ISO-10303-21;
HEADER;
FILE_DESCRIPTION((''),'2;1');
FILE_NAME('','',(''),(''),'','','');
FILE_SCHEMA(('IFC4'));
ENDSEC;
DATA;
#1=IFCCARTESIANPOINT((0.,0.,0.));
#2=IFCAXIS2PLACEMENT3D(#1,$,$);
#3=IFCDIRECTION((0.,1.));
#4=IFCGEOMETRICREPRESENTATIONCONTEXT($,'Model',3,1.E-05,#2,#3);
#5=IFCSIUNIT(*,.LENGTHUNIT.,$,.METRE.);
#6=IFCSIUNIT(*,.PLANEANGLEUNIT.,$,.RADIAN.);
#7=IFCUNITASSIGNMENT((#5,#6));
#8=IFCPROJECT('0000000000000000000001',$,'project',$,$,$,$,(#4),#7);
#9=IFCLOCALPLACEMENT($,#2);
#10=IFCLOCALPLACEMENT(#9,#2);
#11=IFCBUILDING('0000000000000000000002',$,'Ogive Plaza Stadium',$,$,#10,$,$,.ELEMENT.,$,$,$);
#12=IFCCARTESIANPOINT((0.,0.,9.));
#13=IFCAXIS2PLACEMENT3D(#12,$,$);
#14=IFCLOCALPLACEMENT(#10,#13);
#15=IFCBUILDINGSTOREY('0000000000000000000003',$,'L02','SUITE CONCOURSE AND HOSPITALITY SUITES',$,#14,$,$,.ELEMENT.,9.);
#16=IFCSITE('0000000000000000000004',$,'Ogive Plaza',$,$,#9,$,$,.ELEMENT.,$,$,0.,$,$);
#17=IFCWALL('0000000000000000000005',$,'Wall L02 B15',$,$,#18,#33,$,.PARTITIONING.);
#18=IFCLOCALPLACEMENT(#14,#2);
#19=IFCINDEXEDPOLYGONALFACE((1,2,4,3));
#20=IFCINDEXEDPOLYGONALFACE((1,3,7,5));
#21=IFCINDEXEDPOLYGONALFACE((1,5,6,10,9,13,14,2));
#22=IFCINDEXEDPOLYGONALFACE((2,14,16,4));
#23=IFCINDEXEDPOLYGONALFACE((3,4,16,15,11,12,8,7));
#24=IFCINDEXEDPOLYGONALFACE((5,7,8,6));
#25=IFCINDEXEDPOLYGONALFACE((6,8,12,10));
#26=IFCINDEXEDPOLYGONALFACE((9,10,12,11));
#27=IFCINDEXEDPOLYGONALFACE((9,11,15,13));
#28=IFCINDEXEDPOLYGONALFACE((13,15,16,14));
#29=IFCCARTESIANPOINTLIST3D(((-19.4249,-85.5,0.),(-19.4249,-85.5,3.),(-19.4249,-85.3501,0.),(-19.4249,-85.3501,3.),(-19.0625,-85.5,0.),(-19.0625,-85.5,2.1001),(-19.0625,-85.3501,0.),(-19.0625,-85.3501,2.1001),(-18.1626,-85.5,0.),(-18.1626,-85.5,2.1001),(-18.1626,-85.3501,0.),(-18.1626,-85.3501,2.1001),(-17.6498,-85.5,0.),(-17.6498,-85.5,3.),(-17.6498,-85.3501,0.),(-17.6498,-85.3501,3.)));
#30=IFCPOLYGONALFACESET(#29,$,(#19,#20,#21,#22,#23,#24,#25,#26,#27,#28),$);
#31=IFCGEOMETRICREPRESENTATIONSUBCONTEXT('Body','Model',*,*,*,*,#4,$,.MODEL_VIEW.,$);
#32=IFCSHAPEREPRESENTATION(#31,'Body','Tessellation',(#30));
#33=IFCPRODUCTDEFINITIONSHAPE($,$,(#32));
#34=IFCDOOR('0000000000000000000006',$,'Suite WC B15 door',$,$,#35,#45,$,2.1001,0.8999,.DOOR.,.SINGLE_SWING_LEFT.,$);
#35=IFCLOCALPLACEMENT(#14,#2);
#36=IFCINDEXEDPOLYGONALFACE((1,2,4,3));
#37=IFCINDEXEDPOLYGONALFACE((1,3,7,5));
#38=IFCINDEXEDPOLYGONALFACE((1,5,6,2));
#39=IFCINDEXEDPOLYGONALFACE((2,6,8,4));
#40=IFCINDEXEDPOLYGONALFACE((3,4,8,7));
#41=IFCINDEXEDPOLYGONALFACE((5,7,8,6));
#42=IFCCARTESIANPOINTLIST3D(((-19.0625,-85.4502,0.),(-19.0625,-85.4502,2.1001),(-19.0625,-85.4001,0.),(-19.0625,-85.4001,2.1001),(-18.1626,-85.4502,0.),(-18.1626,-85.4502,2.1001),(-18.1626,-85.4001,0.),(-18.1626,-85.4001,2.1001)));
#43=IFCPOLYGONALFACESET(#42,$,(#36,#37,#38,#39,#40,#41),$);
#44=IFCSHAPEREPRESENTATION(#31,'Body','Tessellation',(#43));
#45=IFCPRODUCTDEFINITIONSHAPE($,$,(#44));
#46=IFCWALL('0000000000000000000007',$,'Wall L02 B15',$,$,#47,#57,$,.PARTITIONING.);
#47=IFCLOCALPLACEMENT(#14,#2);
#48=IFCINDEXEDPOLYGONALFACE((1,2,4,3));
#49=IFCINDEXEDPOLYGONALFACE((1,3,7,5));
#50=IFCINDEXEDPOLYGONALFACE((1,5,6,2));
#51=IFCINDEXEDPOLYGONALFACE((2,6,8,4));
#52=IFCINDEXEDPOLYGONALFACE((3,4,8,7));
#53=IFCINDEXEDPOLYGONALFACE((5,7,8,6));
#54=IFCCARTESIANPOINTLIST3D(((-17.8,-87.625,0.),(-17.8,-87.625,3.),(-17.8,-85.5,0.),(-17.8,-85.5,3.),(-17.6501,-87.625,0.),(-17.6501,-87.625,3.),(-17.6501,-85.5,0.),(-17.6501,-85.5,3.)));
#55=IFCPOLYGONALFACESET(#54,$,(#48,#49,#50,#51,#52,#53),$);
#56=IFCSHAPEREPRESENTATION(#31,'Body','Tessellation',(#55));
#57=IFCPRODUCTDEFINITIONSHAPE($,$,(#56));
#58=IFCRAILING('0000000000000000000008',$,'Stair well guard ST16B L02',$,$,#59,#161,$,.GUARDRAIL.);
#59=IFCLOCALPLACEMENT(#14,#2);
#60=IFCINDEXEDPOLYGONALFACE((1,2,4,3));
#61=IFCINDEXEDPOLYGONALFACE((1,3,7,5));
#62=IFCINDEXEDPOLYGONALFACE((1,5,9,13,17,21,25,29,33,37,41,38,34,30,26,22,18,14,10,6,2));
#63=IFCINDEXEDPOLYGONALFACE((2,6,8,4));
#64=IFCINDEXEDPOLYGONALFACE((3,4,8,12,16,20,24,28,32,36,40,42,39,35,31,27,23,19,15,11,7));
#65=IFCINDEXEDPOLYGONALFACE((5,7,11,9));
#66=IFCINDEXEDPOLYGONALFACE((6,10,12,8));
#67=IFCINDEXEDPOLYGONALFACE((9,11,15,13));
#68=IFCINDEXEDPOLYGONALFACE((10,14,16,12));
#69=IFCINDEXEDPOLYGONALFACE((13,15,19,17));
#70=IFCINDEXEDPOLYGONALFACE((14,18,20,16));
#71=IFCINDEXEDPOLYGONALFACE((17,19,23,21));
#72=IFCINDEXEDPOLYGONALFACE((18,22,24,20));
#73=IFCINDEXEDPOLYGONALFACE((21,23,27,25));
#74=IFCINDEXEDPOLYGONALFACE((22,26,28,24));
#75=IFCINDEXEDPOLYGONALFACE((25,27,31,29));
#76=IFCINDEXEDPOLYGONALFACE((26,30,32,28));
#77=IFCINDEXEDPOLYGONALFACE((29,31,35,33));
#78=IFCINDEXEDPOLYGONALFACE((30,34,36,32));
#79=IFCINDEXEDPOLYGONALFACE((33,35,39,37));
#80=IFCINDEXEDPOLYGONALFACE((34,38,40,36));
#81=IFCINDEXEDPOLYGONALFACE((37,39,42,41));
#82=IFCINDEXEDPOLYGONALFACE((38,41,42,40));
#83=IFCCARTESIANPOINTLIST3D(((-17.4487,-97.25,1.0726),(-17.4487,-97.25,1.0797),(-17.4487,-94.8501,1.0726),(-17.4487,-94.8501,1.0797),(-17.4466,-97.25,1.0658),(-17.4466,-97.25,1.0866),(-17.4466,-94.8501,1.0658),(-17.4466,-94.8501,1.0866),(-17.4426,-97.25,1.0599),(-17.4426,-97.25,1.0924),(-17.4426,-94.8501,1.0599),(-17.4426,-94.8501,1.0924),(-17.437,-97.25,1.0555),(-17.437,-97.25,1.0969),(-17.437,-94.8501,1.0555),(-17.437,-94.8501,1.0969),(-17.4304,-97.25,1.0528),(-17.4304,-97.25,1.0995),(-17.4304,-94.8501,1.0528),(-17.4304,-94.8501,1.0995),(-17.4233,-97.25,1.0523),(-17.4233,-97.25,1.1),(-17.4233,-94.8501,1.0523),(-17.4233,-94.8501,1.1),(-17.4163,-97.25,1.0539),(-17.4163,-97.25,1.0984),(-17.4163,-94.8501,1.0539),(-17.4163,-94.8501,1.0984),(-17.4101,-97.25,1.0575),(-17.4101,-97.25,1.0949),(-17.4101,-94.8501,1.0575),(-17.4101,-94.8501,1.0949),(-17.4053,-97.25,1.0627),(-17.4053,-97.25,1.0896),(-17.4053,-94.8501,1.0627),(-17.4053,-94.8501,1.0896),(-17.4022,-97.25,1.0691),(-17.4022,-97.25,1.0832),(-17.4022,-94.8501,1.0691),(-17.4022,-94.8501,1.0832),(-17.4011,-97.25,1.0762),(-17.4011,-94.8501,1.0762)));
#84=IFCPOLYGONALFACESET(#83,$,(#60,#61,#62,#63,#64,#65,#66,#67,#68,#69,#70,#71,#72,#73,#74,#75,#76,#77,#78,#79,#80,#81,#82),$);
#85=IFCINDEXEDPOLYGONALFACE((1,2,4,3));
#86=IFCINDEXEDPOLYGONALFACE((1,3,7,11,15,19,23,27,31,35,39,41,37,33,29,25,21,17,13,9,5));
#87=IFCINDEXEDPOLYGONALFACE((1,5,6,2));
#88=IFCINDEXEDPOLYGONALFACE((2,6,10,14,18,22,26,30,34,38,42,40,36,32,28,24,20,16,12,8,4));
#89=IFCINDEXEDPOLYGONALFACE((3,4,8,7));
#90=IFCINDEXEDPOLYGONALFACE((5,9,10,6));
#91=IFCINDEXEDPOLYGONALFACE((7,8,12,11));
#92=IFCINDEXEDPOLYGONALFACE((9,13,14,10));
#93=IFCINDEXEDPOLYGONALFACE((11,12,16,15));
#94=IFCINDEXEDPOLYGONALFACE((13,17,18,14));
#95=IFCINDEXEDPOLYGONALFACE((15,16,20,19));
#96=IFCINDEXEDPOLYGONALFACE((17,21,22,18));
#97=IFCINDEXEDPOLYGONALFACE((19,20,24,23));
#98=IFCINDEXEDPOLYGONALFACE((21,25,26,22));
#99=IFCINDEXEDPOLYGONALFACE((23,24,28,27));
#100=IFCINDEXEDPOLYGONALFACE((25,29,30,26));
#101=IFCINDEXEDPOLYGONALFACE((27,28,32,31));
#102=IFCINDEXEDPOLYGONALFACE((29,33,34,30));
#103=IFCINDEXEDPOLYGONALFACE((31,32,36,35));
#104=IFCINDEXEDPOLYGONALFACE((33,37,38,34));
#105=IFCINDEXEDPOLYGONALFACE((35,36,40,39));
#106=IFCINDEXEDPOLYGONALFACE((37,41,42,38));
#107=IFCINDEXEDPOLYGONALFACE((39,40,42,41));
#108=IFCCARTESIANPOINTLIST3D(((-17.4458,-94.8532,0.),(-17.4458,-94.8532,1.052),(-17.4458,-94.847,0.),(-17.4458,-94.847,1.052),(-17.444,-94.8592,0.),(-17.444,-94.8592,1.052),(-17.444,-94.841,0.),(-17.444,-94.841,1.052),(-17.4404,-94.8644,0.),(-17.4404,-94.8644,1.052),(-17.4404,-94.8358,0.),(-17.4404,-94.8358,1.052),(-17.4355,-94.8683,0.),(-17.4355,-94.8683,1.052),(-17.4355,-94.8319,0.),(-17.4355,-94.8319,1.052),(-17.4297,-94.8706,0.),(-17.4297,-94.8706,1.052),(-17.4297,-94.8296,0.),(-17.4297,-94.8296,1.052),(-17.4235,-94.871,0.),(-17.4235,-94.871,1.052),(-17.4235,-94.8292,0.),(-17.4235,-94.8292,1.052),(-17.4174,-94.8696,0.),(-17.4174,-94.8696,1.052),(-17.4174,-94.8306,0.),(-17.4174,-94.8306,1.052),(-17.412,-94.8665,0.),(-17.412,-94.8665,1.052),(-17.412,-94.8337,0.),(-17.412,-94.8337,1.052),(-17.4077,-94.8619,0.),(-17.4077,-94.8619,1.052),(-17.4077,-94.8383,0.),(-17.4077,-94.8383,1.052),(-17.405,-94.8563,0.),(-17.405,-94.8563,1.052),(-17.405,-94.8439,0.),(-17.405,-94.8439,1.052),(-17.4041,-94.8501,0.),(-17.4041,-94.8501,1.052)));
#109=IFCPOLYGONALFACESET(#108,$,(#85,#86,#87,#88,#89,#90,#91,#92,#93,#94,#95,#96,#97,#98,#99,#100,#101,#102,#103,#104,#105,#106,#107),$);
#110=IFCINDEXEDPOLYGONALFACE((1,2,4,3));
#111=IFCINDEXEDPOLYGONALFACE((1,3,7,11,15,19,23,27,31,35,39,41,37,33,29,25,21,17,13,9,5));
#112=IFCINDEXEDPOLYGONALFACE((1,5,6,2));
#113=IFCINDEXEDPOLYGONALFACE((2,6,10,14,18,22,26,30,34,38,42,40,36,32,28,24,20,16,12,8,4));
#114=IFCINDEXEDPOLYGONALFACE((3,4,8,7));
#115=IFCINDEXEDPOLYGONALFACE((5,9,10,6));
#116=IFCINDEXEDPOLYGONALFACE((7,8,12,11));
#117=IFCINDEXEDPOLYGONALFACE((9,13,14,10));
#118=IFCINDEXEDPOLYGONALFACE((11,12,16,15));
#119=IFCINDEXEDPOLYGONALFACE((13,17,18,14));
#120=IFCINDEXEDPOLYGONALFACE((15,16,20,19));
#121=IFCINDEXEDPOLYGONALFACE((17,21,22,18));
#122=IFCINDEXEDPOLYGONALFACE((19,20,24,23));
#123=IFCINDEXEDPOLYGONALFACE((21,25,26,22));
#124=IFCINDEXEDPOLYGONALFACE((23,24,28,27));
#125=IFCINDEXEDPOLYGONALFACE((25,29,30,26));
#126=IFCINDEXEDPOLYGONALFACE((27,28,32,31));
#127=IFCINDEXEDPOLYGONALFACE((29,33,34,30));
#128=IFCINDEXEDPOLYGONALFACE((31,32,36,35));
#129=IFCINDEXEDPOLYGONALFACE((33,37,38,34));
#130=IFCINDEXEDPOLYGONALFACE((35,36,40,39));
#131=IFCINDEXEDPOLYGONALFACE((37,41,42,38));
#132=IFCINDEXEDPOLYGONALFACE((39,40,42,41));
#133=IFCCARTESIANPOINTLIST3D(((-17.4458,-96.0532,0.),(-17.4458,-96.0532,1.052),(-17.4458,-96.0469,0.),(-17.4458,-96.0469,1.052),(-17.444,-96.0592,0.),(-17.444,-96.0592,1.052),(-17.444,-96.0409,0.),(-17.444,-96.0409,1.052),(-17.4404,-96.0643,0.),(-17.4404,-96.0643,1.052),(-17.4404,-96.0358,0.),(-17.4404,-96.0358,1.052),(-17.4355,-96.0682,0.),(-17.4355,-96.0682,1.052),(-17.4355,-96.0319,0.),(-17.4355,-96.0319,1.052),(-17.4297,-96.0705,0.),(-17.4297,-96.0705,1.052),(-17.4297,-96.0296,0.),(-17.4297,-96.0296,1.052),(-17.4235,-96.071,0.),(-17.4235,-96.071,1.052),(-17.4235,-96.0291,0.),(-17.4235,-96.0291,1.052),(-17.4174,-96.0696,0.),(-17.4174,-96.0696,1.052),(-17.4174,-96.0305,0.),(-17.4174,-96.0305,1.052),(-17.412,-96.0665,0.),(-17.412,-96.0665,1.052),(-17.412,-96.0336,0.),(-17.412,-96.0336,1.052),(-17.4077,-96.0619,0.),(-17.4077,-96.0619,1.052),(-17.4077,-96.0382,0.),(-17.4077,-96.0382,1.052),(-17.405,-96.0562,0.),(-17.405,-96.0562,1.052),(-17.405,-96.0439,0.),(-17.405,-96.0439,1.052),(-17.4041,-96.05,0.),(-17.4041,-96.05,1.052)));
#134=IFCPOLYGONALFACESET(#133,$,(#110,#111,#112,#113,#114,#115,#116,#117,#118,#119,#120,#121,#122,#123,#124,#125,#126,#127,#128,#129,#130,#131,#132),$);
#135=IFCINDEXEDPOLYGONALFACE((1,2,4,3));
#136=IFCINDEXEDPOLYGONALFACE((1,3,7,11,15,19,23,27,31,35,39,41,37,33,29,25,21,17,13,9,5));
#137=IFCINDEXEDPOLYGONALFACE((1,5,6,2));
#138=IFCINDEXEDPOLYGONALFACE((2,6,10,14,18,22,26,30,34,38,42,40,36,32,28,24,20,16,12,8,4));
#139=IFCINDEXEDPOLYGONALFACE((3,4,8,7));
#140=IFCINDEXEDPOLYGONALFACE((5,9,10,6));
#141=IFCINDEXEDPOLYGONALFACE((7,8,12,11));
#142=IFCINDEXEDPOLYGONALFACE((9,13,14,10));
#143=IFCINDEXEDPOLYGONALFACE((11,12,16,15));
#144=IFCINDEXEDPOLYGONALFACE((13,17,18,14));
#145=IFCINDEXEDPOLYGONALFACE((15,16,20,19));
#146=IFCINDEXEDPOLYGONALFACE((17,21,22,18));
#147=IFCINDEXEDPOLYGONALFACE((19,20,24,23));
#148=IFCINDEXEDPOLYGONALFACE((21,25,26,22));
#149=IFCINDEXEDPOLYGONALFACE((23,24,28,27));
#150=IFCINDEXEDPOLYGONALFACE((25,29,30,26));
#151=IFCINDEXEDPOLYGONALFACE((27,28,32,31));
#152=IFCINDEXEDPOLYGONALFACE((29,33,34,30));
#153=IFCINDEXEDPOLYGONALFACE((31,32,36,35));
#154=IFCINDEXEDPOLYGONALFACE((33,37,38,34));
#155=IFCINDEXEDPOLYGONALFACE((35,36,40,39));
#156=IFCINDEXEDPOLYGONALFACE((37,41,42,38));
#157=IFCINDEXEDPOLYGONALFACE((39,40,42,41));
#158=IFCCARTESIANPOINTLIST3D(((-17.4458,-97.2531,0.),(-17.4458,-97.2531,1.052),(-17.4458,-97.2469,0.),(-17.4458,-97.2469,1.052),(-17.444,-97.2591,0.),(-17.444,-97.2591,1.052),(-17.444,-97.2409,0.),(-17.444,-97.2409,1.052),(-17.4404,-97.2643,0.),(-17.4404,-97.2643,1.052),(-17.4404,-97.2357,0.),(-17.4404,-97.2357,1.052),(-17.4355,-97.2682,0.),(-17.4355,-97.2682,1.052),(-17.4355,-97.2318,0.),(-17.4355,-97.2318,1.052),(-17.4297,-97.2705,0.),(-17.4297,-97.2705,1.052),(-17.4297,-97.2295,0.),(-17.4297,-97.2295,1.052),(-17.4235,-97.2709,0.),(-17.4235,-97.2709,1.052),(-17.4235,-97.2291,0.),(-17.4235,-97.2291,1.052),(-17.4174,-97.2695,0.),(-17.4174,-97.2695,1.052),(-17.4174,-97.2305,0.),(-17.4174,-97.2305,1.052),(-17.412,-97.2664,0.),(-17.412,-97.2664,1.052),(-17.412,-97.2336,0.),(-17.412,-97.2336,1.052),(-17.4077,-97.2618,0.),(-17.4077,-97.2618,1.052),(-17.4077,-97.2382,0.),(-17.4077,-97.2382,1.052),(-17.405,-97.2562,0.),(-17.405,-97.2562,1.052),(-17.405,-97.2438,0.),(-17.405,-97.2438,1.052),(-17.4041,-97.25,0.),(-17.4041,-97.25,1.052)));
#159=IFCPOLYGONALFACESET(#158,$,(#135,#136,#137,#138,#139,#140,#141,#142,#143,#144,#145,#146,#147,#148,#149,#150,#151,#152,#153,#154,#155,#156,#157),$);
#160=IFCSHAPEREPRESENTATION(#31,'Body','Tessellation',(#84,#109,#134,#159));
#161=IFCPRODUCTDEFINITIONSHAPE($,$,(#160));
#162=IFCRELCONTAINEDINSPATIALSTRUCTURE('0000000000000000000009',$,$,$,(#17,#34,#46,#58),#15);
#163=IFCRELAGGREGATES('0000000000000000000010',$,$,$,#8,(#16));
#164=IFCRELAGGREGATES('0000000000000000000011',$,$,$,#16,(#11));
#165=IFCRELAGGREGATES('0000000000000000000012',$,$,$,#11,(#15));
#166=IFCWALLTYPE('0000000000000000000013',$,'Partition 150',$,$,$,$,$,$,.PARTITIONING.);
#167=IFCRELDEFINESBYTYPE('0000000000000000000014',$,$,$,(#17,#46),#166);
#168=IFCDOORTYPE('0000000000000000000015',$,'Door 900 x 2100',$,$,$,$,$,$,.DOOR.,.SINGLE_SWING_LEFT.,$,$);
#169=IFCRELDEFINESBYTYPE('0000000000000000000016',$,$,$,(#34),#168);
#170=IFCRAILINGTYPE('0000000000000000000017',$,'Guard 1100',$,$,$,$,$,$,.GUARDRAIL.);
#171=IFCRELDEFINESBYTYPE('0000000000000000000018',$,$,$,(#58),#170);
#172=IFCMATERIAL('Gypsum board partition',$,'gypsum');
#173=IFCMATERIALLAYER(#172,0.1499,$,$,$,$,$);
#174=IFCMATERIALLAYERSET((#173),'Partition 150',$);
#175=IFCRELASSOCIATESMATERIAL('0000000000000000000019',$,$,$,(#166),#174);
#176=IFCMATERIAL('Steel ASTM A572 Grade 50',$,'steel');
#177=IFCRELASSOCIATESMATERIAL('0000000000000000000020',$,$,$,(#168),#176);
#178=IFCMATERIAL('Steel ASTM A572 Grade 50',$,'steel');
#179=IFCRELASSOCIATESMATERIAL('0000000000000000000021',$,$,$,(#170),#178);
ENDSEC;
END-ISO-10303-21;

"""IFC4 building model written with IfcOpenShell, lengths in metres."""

from ifc_helpers import new_model, si_unit, direction, frame, frame_2d, origin, origin_2d, place, context, subcontext, project, spatial, rectangle, circle, extrude, material, layer, layer_set, type_object, element, fill, save


model = new_model("IFC4")

# Units and contexts
model_context = context("Model", 3, precision=1e-05, world=origin(), true_north=direction((0.0, 1.0)))
body_context = subcontext(model_context, "Body", "Model", "MODEL_VIEW")
ifc_project = project(units=[si_unit("LENGTHUNIT", "METRE"), si_unit("PLANEANGLEUNIT", "RADIAN")], contexts=[model_context])

# Site, building, storey
site_placement = place(None, origin())
site = spatial("IfcSite", under=ifc_project, at=site_placement, Name="Ogive Plaza", CompositionType="ELEMENT", RefElevation=0.0)
building_placement = place(site_placement, origin())
building = spatial("IfcBuilding", under=site, at=building_placement, Name="Ogive Plaza Stadium", CompositionType="ELEMENT")
storey_placement = place(building_placement, frame((0.0, 0.0, 9.0)))
storey = spatial("IfcBuildingStorey", under=building, at=storey_placement, Name="L02", Description="SUITE CONCOURSE AND HOSPITALITY SUITES", CompositionType="ELEMENT", Elevation=9.0)

# Wall, opening, door
ifc_material_1 = material(Name="Gypsum board partition", Category="gypsum")
ifc_layer_1 = layer(ifc_material_1, 0.1499)
ifc_layer_set_1 = layer_set([ifc_layer_1], Name="Partition 150")
wall_type_1 = type_object("IfcWallType", Name="Partition 150", PredefinedType="PARTITIONING", material=ifc_layer_set_1)
wall_1_placement = place(storey_placement, frame((-19.425, -85.425, 0.0), z_axis=(0.0, 0.0, 1.0), x_axis=(1.0, 0.0, 0.0)))
wall_1 = element("IfcWall", 1, at=wall_1_placement, inside=storey, type_object=wall_type_1, Name="Wall L02 B15", PredefinedType="PARTITIONING", context=body_context, shape_type="SweptSolid", body=[
    extrude(rectangle(XDim=1.7751, YDim=0.1499, at=frame_2d((0.8877, 0.0))), origin(), (0.0, 0.0, 1.0), 3.0),
])
opening_1_placement = place(wall_1_placement, frame((0.3625, 0.0, 0.0)))
opening_1 = element("IfcOpeningElement", 2, at=opening_1_placement, cuts=wall_1, PredefinedType="OPENING", context=body_context, shape_type="SweptSolid", body=[
    extrude(rectangle(XDim=0.8999, YDim=2.1001, at=frame_2d((0.45, 1.05))), frame((0.0, 0.075, 0.0), z_axis=(0.0, -1.0, 0.0), x_axis=(1.0, 0.0, 0.0)), (0.0, 0.0, 1.0), 0.1499),
])
ifc_material_2 = material(Name="Steel ASTM A572 Grade 50", Category="steel")
door_type_1 = type_object("IfcDoorType", Name="Door 900 x 2100", OperationType="SINGLE_SWING_LEFT", PredefinedType="DOOR", material=ifc_material_2)
door_1_placement = place(opening_1_placement, origin())
door_1 = element("IfcDoor", 3, at=door_1_placement, inside=storey, type_object=door_type_1, Name="Suite WC B15 door", OperationType="SINGLE_SWING_LEFT", OverallHeight=2.1001, OverallWidth=0.8999, PredefinedType="DOOR", context=body_context, shape_type="SweptSolid", body=[
    extrude(rectangle(XDim=0.8999, YDim=2.1001, at=frame_2d((0.45, 1.05))), frame((0.0, 0.0249, 0.0), z_axis=(0.0, -1.0, 0.0), x_axis=(1.0, 0.0, 0.0)), (0.0, 0.0, 1.0), 0.05),
])
fill(opening_1, door_1)

# Wall
wall_2_placement = place(storey_placement, frame((-17.7251, -85.5, 0.0), z_axis=(0.0, 0.0, 1.0), x_axis=(0.0, -1.0, 0.0)))
element("IfcWall", 4, at=wall_2_placement, inside=storey, type_object=wall_type_1, Name="Wall L02 B15", PredefinedType="PARTITIONING", context=body_context, shape_type="SweptSolid", body=[
    extrude(rectangle(XDim=2.125, YDim=0.1499, at=frame_2d((1.0625, 0.0))), origin(), (0.0, 0.0, 1.0), 3.0),
])

# Railing
ifc_material_3 = material(Name="Steel ASTM A572 Grade 50", Category="steel")
railing_type_1 = type_object("IfcRailingType", Name="Guard 1100", PredefinedType="GUARDRAIL", material=ifc_material_3)
railing_1_placement = place(storey_placement, frame((-17.425, -94.8501, 0.0)))
element("IfcRailing", 5, at=railing_1_placement, inside=storey, type_object=railing_type_1, Name="Stair well guard ST16B L02", PredefinedType="GUARDRAIL", context=body_context, shape_type="SweptSolid", body=[
    extrude(circle(Radius=0.0239, at=origin_2d()), frame((0.0, 0.0, 1.0762), z_axis=(0.0, -1.0, 0.0), x_axis=(1.0, 0.0, 0.0)), (0.0, 0.0, 1.0), 2.3999),
    extrude(circle(Radius=0.021, at=origin_2d()), origin(), (0.0, 0.0, 1.0), 1.052),
    extrude(circle(Radius=0.021, at=origin_2d()), frame((0.0, -1.2, 0.0)), (0.0, 0.0, 1.0), 1.052),
    extrude(circle(Radius=0.021, at=origin_2d()), frame((0.0, -2.3999, 0.0)), (0.0, 0.0, 1.0), 1.052),
])

save(model, "model.ifc")
